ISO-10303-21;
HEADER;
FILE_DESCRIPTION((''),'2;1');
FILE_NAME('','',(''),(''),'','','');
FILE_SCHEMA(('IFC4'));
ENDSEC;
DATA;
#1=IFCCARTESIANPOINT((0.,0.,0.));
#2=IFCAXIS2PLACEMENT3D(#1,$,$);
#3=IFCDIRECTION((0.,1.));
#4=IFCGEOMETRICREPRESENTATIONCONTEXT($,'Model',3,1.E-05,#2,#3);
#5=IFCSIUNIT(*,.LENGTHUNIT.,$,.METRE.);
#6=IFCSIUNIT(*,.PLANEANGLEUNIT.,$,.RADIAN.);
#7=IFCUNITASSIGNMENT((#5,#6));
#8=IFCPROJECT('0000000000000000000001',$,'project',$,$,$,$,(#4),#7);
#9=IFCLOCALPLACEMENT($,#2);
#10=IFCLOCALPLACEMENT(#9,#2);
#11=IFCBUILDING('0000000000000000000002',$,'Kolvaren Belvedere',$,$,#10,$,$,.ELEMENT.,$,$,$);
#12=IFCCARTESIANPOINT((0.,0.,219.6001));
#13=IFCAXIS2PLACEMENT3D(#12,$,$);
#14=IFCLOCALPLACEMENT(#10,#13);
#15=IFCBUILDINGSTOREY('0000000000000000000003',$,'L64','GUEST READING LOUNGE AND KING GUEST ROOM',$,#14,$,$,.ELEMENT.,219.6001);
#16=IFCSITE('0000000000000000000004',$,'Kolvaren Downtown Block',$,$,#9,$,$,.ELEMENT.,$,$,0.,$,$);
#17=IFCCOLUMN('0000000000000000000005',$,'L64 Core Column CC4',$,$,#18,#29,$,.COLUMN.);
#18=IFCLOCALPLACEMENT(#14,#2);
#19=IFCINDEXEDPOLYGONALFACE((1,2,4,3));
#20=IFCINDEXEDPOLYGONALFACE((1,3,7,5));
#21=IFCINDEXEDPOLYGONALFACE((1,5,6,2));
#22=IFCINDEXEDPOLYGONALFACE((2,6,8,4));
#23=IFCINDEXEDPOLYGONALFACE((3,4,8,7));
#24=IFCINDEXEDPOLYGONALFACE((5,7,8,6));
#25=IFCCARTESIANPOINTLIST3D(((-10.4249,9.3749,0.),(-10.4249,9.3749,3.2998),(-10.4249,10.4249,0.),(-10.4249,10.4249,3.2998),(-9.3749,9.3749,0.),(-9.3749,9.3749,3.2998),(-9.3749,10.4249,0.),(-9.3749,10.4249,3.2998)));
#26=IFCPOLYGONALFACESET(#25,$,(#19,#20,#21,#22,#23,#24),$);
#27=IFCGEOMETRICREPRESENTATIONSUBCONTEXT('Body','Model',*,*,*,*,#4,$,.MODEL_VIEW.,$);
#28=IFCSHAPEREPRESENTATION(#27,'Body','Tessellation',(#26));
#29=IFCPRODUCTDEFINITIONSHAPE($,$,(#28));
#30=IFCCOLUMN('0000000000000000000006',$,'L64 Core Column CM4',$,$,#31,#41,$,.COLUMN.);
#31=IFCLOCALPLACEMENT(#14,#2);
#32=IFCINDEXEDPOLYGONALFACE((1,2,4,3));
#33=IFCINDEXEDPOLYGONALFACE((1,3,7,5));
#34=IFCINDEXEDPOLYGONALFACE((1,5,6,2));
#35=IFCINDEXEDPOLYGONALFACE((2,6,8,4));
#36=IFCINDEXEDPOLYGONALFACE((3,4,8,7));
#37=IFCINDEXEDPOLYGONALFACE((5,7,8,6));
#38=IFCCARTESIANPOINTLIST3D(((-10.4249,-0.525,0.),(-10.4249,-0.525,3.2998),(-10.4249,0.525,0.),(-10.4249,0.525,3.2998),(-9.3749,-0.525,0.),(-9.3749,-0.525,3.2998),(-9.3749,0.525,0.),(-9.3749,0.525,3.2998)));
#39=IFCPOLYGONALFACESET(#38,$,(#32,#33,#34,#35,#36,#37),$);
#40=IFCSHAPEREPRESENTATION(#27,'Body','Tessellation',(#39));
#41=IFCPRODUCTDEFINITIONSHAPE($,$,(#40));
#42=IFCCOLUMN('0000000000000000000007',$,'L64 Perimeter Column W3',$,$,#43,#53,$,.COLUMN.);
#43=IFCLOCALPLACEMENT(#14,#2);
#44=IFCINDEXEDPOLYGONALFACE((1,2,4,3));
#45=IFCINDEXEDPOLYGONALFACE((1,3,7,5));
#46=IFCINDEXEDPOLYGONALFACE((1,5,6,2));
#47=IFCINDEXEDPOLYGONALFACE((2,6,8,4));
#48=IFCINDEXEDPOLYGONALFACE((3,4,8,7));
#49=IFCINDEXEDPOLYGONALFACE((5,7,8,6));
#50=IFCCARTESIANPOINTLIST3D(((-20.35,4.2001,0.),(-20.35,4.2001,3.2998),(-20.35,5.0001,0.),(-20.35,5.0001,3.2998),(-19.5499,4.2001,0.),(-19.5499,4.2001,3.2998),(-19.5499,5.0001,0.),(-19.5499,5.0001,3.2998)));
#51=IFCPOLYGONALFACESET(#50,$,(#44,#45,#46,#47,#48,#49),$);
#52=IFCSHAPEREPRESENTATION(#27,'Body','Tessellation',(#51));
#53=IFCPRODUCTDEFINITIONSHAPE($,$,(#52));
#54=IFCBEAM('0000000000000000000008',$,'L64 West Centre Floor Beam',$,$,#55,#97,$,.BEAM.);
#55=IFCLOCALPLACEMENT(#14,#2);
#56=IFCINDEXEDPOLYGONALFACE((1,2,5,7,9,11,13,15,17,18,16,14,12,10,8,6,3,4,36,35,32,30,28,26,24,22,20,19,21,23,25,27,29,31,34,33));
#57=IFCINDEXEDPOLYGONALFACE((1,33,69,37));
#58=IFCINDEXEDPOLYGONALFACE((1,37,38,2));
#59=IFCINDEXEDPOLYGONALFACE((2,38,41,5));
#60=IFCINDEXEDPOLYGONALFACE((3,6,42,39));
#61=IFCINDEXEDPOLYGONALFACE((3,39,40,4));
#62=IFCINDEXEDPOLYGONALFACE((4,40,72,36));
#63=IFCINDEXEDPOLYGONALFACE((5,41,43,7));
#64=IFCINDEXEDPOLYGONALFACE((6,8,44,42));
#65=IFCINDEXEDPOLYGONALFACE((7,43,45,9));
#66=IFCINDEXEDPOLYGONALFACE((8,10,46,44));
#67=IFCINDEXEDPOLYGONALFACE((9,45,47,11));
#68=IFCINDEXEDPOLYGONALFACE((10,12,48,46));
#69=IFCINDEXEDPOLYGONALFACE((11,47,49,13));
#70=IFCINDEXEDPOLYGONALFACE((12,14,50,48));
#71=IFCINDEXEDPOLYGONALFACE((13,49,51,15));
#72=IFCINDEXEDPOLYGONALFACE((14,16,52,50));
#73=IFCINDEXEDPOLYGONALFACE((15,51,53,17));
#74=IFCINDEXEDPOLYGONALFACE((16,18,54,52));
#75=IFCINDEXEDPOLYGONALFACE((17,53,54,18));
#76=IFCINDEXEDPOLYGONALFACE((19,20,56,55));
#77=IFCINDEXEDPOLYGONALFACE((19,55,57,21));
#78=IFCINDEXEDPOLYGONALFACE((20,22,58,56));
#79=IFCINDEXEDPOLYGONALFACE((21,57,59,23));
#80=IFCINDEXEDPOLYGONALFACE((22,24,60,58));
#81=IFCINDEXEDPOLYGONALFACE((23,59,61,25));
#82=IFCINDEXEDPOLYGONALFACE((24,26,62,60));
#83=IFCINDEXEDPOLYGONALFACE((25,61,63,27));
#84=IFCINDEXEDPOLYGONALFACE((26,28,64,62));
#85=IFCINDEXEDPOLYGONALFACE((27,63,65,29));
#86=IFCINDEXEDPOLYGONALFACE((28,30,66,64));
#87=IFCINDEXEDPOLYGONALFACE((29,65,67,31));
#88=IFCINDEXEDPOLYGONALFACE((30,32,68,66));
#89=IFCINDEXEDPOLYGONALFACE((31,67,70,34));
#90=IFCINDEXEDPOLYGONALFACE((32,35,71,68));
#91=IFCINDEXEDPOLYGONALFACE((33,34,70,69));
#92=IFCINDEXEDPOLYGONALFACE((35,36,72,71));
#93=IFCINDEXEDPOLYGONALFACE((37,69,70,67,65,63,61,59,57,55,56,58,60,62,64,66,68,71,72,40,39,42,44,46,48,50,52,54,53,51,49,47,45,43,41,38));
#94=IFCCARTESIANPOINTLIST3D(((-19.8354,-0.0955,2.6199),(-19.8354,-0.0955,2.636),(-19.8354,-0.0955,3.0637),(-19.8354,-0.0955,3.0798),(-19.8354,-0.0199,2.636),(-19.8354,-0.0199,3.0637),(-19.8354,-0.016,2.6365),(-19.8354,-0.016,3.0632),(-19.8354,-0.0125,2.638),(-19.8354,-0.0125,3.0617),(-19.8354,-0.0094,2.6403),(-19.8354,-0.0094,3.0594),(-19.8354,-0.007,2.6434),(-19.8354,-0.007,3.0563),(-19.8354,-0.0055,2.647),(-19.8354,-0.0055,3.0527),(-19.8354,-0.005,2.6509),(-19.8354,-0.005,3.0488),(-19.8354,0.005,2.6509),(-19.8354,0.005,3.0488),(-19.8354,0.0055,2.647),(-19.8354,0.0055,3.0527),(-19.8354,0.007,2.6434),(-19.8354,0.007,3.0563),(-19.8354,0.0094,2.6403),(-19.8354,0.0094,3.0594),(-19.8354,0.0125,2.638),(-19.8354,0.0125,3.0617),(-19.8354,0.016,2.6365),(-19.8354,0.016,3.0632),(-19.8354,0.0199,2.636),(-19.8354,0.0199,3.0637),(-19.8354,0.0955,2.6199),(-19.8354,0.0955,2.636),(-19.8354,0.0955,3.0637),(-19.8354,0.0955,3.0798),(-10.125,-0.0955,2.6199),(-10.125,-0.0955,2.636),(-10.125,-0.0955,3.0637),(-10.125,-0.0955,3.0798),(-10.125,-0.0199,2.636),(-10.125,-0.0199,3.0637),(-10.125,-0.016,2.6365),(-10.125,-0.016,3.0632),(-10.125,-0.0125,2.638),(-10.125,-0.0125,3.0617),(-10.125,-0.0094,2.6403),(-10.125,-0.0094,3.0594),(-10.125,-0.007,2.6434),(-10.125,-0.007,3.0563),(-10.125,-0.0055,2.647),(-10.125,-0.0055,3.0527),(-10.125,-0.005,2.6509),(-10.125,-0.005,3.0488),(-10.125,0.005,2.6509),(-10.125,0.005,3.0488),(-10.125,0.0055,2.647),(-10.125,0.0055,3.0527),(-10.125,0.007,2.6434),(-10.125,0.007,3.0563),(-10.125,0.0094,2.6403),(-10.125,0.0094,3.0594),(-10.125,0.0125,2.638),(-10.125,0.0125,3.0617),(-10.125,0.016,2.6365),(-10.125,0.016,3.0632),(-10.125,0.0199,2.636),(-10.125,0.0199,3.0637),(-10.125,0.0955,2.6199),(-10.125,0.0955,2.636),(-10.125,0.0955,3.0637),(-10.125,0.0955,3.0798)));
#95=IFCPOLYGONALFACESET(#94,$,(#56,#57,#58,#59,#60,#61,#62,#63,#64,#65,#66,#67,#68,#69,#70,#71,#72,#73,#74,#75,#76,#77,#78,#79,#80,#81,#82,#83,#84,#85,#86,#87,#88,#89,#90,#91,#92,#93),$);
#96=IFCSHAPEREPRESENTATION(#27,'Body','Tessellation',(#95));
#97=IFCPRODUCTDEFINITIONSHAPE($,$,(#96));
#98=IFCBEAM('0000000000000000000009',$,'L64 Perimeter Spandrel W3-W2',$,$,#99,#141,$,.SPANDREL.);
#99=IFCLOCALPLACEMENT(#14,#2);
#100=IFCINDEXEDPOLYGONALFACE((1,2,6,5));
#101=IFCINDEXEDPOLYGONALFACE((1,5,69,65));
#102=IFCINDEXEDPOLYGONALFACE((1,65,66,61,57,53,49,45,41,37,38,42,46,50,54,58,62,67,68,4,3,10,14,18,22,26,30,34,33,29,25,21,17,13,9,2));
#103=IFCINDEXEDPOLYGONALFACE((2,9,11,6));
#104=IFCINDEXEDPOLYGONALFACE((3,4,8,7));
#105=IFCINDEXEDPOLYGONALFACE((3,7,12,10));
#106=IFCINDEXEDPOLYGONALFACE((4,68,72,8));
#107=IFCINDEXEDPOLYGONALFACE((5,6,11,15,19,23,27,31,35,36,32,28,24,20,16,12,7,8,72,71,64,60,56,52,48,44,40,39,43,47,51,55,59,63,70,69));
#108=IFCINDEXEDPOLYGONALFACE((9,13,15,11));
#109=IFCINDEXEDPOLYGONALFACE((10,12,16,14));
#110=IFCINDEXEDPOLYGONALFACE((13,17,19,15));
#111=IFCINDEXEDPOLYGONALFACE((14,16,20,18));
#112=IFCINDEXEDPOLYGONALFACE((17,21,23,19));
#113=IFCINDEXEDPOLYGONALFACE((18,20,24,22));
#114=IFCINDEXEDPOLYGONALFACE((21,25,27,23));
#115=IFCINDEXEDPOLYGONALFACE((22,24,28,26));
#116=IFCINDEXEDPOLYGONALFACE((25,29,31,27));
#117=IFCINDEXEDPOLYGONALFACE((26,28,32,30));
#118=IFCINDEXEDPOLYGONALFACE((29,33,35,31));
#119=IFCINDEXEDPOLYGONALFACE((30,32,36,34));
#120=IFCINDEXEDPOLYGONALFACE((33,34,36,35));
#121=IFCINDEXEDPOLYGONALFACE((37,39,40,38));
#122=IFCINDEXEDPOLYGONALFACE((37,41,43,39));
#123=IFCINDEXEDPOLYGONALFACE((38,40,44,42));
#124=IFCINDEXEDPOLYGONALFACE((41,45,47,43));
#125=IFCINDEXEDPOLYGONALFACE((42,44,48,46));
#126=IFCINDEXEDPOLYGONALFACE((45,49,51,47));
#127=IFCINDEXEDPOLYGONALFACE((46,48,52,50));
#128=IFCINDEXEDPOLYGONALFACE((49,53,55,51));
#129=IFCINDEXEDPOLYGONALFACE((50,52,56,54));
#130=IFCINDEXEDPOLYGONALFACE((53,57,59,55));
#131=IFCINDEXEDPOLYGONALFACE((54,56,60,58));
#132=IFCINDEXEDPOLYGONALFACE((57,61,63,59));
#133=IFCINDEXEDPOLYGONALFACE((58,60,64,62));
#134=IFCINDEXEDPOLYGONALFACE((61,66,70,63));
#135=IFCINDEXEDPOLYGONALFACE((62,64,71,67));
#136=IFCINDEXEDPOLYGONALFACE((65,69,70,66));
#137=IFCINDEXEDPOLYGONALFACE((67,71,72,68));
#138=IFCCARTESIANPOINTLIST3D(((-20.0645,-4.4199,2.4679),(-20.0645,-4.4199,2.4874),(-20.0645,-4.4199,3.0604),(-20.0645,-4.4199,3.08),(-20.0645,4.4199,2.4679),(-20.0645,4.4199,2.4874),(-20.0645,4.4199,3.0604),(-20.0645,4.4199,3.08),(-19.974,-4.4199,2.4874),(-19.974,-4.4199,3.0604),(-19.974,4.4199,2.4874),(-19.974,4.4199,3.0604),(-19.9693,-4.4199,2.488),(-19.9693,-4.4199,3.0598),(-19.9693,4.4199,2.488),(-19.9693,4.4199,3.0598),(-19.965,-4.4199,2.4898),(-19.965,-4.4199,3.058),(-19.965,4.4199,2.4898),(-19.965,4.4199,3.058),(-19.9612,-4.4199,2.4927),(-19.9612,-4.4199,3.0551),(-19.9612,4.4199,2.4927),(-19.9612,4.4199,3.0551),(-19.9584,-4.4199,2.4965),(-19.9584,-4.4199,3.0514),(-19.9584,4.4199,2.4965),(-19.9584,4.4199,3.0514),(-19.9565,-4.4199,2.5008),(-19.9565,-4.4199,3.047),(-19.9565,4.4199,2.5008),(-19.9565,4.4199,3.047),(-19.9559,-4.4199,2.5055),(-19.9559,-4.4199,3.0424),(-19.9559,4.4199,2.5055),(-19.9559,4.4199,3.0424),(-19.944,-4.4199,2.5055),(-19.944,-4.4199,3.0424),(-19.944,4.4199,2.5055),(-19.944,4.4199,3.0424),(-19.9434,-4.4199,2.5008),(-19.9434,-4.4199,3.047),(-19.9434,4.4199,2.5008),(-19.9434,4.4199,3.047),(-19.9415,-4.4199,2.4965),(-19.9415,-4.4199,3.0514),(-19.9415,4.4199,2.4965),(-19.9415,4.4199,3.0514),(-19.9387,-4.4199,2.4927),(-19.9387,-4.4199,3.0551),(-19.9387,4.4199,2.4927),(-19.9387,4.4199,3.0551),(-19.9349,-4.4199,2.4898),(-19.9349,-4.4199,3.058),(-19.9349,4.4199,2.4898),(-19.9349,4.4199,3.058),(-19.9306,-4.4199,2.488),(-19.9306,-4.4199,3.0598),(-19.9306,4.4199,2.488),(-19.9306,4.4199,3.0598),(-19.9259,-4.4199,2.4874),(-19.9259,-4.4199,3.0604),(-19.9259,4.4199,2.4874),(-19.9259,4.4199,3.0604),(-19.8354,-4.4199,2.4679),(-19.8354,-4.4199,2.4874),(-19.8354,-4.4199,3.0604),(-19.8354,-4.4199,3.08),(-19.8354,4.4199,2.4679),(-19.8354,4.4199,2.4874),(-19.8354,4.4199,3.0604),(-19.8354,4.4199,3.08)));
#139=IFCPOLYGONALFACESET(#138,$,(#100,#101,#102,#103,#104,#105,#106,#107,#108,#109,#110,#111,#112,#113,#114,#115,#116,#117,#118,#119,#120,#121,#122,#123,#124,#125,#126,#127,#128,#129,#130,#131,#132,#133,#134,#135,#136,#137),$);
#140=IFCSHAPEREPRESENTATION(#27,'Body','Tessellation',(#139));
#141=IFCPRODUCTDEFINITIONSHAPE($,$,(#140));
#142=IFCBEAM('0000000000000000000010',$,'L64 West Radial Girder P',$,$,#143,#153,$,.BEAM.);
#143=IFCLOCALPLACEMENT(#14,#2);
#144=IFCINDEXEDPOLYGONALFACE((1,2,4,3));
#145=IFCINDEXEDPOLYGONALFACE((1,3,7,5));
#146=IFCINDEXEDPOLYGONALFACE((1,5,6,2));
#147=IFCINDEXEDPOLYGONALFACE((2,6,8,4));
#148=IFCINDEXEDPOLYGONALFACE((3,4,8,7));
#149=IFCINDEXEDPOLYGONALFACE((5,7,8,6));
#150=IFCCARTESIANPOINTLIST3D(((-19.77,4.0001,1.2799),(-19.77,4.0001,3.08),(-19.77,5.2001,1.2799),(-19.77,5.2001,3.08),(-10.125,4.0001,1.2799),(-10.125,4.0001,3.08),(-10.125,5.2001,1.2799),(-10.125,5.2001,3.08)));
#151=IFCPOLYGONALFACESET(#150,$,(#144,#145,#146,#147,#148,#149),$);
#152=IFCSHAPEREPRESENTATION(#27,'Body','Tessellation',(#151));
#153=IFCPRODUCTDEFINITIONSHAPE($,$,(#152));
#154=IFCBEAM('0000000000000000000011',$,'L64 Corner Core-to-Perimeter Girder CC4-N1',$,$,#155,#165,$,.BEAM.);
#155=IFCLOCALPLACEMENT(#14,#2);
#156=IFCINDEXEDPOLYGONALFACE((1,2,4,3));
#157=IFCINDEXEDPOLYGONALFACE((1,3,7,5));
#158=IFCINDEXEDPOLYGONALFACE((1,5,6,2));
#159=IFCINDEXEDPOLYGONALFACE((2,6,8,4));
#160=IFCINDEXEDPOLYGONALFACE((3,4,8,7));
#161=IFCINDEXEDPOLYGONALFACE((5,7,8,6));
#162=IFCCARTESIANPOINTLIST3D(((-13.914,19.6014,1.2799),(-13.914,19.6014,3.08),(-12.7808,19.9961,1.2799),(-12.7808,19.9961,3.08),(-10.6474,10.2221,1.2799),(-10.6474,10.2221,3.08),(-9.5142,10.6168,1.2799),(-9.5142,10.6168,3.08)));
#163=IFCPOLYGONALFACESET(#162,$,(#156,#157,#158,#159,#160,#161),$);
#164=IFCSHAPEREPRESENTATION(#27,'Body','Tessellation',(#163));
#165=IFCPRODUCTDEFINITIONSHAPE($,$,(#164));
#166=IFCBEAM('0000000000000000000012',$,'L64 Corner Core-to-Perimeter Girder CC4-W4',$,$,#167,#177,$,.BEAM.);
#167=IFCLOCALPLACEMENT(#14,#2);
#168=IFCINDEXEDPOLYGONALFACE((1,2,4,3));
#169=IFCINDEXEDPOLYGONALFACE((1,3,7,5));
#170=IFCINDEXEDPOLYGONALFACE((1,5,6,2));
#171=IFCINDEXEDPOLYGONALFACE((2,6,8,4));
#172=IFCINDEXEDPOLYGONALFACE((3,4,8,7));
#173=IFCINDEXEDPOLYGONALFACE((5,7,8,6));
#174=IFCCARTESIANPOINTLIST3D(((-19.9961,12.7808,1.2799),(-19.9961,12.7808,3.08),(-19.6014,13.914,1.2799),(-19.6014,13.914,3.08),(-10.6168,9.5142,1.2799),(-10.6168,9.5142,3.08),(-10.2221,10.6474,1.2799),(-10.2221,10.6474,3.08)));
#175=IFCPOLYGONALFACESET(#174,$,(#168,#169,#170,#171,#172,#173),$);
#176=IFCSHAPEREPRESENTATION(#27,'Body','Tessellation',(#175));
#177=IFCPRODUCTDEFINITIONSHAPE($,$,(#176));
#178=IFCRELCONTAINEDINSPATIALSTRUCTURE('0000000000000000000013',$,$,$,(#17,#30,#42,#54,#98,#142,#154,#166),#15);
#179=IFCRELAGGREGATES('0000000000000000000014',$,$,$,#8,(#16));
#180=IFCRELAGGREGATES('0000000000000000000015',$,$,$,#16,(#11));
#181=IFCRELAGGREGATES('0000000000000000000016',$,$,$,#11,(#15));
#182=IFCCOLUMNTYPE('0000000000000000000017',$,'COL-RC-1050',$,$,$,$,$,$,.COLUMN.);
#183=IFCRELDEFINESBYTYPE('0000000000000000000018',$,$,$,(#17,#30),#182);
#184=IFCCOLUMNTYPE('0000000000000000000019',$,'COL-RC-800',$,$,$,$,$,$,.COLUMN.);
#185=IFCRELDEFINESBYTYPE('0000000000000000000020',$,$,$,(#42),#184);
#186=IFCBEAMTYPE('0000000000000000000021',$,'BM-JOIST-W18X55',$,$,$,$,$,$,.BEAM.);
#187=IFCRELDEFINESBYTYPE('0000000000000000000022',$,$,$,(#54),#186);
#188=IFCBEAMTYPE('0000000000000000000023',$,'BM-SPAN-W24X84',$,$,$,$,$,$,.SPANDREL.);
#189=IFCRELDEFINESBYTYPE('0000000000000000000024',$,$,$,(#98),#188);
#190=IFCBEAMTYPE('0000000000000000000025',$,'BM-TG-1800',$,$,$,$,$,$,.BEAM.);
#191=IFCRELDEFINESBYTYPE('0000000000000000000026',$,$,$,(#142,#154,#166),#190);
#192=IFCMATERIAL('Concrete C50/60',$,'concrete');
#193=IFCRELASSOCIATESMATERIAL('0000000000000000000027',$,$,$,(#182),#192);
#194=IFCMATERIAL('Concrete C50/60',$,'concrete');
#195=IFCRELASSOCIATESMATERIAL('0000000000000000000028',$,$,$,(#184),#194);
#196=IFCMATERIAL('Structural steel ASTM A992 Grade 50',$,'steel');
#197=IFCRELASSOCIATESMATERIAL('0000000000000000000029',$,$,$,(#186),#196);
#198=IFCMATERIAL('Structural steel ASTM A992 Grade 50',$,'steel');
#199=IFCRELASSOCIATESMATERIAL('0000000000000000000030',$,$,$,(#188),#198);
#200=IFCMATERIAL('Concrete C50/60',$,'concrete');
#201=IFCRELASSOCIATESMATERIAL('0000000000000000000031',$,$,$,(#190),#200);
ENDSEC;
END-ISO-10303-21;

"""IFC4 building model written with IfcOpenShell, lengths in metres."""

from ifc_helpers import new_model, si_unit, direction, frame, origin, origin_2d, place, context, subcontext, project, spatial, rectangle, i_section, extrude, material, material_profile, profile_set, type_object, element, save


model = new_model("IFC4")

# Units and contexts
model_context = context("Model", 3, precision=1e-05, world=origin(), true_north=direction((0.0, 1.0)))
body_context = subcontext(model_context, "Body", "Model", "MODEL_VIEW")
ifc_project = project(units=[si_unit("LENGTHUNIT", "METRE"), si_unit("PLANEANGLEUNIT", "RADIAN")], contexts=[model_context])

# Site, building, storey
site_placement = place(None, origin())
site = spatial("IfcSite", under=ifc_project, at=site_placement, Name="Kolvaren Downtown Block", CompositionType="ELEMENT", RefElevation=0.0)
building_placement = place(site_placement, origin())
building = spatial("IfcBuilding", under=site, at=building_placement, Name="Kolvaren Belvedere", CompositionType="ELEMENT")
storey_placement = place(building_placement, frame((0.0, 0.0, 219.6001)))
storey = spatial("IfcBuildingStorey", under=building, at=storey_placement, Name="L64", Description="GUEST READING LOUNGE AND KING GUEST ROOM", CompositionType="ELEMENT", Elevation=219.6001)

# Columns
ifc_material_1 = material(Name="Concrete C50/60", Category="concrete")
ifc_material_profile_1 = material_profile(ifc_material_1, rectangle(XDim=1.05, YDim=1.05, at=origin_2d()), Name="RC 1050X1050")
ifc_profile_set_1 = profile_set([ifc_material_profile_1], Name="Concrete C50/60")
column_type_1 = type_object("IfcColumnType", Name="COL-RC-1050", PredefinedType="COLUMN", material=ifc_profile_set_1)
for number, where, z_axis, x_axis, name in (
    (1, (-9.8999, 9.8999, 0.0), (0.0, 0.0, 1.0), (1.0, 0.0, 0.0), "L64 Core Column CC4"),
    (2, (-9.8999, 0.0, 0.0), (0.0, 0.0, 1.0), (1.0, 0.0, 0.0), "L64 Core Column CM4"),
):
    element("IfcColumn", number, at=place(storey_placement, frame(where, z_axis=z_axis, x_axis=x_axis)), inside=storey, type_object=column_type_1, Name=name, PredefinedType="COLUMN", context=body_context, shape_type="SweptSolid", body=[
        extrude(rectangle(XDim=1.05, YDim=1.05, at=origin_2d()), origin(), (0.0, 0.0, 1.0), 3.2998),
    ])
ifc_material_2 = material(Name="Concrete C50/60", Category="concrete")
ifc_material_profile_2 = material_profile(ifc_material_2, rectangle(XDim=0.8, YDim=0.8, at=origin_2d()), Name="RC 800X800")
ifc_profile_set_2 = profile_set([ifc_material_profile_2], Name="Concrete C50/60")
column_type_2 = type_object("IfcColumnType", Name="COL-RC-800", PredefinedType="COLUMN", material=ifc_profile_set_2)
column_placement = place(storey_placement, frame((-19.95, 4.6001, 0.0), z_axis=(0.0, 0.0, 1.0), x_axis=(1.0, 0.0, 0.0)))
element("IfcColumn", 3, at=column_placement, inside=storey, type_object=column_type_2, Name="L64 Perimeter Column W3", PredefinedType="COLUMN", context=body_context, shape_type="SweptSolid", body=[
    extrude(rectangle(XDim=0.8, YDim=0.8, at=origin_2d()), origin(), (0.0, 0.0, 1.0), 3.2998),
])

# Beams
ifc_material_3 = material(Name="Structural steel ASTM A992 Grade 50", Category="steel")
ifc_material_profile_3 = material_profile(ifc_material_3, i_section(OverallWidth=0.1909, OverallDepth=0.46, WebThickness=0.01, FlangeThickness=0.0161, FilletRadius=0.0149, at=origin_2d()), Name="W18X55")
ifc_profile_set_3 = profile_set([ifc_material_profile_3], Name="Structural steel ASTM A992 Grade 50")
beam_type_1 = type_object("IfcBeamType", Name="BM-JOIST-W18X55", PredefinedType="BEAM", material=ifc_profile_set_3)
beam_1_placement = place(storey_placement, frame((-10.125, 0.0, 2.8499), z_axis=(-1.0, 0.0, 0.0), x_axis=(0.0, -1.0, 0.0)))
element("IfcBeam", 4, at=beam_1_placement, inside=storey, type_object=beam_type_1, Name="L64 West Centre Floor Beam", PredefinedType="BEAM", context=body_context, shape_type="SweptSolid", body=[
    extrude(i_section(OverallWidth=0.1909, OverallDepth=0.46, WebThickness=0.01, FlangeThickness=0.0161, FilletRadius=0.0149, at=origin_2d()), origin(), (0.0, 0.0, 1.0), 9.7104),
])
ifc_material_4 = material(Name="Structural steel ASTM A992 Grade 50", Category="steel")
ifc_material_profile_4 = material_profile(ifc_material_4, i_section(OverallWidth=0.229, OverallDepth=0.6121, WebThickness=0.012, FlangeThickness=0.0195, FilletRadius=0.0181, at=origin_2d()), Name="W24X84")
ifc_profile_set_4 = profile_set([ifc_material_profile_4], Name="Structural steel ASTM A992 Grade 50")
beam_type_2 = type_object("IfcBeamType", Name="BM-SPAN-W24X84", PredefinedType="SPANDREL", material=ifc_profile_set_4)
beam_2_placement = place(storey_placement, frame((-19.95, 4.4199, 2.7739), z_axis=(0.0, -1.0, 0.0), x_axis=(1.0, 0.0, 0.0)))
element("IfcBeam", 5, at=beam_2_placement, inside=storey, type_object=beam_type_2, Name="L64 Perimeter Spandrel W3-W2", PredefinedType="SPANDREL", context=body_context, shape_type="SweptSolid", body=[
    extrude(i_section(OverallWidth=0.229, OverallDepth=0.6121, WebThickness=0.012, FlangeThickness=0.0195, FilletRadius=0.0181, at=origin_2d()), origin(), (0.0, 0.0, 1.0), 8.8398),
])
ifc_material_5 = material(Name="Concrete C50/60", Category="concrete")
ifc_material_profile_5 = material_profile(ifc_material_5, rectangle(XDim=1.2, YDim=1.8, at=origin_2d()), Name="RC 1200X1800")
ifc_profile_set_5 = profile_set([ifc_material_profile_5], Name="Concrete C50/60")
beam_type_3 = type_object("IfcBeamType", Name="BM-TG-1800", PredefinedType="BEAM", material=ifc_profile_set_5)
beam_3_placement = place(storey_placement, frame((-10.125, 4.6001, 2.1799), z_axis=(-1.0, 0.0, 0.0), x_axis=(0.0, -1.0, 0.0)))
element("IfcBeam", 6, at=beam_3_placement, inside=storey, type_object=beam_type_3, Name="L64 West Radial Girder P", PredefinedType="BEAM", context=body_context, shape_type="SweptSolid", body=[
    extrude(rectangle(XDim=1.2, YDim=1.8, at=origin_2d()), origin(), (0.0, 0.0, 1.0), 9.645),
])
for number, where, z_axis, x_axis, name in (
    (7, (-10.0808, 10.4194, 2.1799), (-0.328898, 0.944365, 0.0), (-0.944365, -0.328898, 0.0), "L64 Corner Core-to-Perimeter Girder CC4-N1"),
    (8, (-10.4194, 10.0808, 2.1799), (-0.944365, 0.328898, 0.0), (-0.328898, -0.944365, 0.0), "L64 Corner Core-to-Perimeter Girder CC4-W4"),
):
    element("IfcBeam", number, at=place(storey_placement, frame(where, z_axis=z_axis, x_axis=x_axis)), inside=storey, type_object=beam_type_3, Name=name, PredefinedType="BEAM", context=body_context, shape_type="SweptSolid", body=[
        extrude(rectangle(XDim=1.2, YDim=1.8, at=origin_2d()), origin(), (0.0, 0.0, 1.0), 9.9319),
    ])

save(model, "model.ifc")
